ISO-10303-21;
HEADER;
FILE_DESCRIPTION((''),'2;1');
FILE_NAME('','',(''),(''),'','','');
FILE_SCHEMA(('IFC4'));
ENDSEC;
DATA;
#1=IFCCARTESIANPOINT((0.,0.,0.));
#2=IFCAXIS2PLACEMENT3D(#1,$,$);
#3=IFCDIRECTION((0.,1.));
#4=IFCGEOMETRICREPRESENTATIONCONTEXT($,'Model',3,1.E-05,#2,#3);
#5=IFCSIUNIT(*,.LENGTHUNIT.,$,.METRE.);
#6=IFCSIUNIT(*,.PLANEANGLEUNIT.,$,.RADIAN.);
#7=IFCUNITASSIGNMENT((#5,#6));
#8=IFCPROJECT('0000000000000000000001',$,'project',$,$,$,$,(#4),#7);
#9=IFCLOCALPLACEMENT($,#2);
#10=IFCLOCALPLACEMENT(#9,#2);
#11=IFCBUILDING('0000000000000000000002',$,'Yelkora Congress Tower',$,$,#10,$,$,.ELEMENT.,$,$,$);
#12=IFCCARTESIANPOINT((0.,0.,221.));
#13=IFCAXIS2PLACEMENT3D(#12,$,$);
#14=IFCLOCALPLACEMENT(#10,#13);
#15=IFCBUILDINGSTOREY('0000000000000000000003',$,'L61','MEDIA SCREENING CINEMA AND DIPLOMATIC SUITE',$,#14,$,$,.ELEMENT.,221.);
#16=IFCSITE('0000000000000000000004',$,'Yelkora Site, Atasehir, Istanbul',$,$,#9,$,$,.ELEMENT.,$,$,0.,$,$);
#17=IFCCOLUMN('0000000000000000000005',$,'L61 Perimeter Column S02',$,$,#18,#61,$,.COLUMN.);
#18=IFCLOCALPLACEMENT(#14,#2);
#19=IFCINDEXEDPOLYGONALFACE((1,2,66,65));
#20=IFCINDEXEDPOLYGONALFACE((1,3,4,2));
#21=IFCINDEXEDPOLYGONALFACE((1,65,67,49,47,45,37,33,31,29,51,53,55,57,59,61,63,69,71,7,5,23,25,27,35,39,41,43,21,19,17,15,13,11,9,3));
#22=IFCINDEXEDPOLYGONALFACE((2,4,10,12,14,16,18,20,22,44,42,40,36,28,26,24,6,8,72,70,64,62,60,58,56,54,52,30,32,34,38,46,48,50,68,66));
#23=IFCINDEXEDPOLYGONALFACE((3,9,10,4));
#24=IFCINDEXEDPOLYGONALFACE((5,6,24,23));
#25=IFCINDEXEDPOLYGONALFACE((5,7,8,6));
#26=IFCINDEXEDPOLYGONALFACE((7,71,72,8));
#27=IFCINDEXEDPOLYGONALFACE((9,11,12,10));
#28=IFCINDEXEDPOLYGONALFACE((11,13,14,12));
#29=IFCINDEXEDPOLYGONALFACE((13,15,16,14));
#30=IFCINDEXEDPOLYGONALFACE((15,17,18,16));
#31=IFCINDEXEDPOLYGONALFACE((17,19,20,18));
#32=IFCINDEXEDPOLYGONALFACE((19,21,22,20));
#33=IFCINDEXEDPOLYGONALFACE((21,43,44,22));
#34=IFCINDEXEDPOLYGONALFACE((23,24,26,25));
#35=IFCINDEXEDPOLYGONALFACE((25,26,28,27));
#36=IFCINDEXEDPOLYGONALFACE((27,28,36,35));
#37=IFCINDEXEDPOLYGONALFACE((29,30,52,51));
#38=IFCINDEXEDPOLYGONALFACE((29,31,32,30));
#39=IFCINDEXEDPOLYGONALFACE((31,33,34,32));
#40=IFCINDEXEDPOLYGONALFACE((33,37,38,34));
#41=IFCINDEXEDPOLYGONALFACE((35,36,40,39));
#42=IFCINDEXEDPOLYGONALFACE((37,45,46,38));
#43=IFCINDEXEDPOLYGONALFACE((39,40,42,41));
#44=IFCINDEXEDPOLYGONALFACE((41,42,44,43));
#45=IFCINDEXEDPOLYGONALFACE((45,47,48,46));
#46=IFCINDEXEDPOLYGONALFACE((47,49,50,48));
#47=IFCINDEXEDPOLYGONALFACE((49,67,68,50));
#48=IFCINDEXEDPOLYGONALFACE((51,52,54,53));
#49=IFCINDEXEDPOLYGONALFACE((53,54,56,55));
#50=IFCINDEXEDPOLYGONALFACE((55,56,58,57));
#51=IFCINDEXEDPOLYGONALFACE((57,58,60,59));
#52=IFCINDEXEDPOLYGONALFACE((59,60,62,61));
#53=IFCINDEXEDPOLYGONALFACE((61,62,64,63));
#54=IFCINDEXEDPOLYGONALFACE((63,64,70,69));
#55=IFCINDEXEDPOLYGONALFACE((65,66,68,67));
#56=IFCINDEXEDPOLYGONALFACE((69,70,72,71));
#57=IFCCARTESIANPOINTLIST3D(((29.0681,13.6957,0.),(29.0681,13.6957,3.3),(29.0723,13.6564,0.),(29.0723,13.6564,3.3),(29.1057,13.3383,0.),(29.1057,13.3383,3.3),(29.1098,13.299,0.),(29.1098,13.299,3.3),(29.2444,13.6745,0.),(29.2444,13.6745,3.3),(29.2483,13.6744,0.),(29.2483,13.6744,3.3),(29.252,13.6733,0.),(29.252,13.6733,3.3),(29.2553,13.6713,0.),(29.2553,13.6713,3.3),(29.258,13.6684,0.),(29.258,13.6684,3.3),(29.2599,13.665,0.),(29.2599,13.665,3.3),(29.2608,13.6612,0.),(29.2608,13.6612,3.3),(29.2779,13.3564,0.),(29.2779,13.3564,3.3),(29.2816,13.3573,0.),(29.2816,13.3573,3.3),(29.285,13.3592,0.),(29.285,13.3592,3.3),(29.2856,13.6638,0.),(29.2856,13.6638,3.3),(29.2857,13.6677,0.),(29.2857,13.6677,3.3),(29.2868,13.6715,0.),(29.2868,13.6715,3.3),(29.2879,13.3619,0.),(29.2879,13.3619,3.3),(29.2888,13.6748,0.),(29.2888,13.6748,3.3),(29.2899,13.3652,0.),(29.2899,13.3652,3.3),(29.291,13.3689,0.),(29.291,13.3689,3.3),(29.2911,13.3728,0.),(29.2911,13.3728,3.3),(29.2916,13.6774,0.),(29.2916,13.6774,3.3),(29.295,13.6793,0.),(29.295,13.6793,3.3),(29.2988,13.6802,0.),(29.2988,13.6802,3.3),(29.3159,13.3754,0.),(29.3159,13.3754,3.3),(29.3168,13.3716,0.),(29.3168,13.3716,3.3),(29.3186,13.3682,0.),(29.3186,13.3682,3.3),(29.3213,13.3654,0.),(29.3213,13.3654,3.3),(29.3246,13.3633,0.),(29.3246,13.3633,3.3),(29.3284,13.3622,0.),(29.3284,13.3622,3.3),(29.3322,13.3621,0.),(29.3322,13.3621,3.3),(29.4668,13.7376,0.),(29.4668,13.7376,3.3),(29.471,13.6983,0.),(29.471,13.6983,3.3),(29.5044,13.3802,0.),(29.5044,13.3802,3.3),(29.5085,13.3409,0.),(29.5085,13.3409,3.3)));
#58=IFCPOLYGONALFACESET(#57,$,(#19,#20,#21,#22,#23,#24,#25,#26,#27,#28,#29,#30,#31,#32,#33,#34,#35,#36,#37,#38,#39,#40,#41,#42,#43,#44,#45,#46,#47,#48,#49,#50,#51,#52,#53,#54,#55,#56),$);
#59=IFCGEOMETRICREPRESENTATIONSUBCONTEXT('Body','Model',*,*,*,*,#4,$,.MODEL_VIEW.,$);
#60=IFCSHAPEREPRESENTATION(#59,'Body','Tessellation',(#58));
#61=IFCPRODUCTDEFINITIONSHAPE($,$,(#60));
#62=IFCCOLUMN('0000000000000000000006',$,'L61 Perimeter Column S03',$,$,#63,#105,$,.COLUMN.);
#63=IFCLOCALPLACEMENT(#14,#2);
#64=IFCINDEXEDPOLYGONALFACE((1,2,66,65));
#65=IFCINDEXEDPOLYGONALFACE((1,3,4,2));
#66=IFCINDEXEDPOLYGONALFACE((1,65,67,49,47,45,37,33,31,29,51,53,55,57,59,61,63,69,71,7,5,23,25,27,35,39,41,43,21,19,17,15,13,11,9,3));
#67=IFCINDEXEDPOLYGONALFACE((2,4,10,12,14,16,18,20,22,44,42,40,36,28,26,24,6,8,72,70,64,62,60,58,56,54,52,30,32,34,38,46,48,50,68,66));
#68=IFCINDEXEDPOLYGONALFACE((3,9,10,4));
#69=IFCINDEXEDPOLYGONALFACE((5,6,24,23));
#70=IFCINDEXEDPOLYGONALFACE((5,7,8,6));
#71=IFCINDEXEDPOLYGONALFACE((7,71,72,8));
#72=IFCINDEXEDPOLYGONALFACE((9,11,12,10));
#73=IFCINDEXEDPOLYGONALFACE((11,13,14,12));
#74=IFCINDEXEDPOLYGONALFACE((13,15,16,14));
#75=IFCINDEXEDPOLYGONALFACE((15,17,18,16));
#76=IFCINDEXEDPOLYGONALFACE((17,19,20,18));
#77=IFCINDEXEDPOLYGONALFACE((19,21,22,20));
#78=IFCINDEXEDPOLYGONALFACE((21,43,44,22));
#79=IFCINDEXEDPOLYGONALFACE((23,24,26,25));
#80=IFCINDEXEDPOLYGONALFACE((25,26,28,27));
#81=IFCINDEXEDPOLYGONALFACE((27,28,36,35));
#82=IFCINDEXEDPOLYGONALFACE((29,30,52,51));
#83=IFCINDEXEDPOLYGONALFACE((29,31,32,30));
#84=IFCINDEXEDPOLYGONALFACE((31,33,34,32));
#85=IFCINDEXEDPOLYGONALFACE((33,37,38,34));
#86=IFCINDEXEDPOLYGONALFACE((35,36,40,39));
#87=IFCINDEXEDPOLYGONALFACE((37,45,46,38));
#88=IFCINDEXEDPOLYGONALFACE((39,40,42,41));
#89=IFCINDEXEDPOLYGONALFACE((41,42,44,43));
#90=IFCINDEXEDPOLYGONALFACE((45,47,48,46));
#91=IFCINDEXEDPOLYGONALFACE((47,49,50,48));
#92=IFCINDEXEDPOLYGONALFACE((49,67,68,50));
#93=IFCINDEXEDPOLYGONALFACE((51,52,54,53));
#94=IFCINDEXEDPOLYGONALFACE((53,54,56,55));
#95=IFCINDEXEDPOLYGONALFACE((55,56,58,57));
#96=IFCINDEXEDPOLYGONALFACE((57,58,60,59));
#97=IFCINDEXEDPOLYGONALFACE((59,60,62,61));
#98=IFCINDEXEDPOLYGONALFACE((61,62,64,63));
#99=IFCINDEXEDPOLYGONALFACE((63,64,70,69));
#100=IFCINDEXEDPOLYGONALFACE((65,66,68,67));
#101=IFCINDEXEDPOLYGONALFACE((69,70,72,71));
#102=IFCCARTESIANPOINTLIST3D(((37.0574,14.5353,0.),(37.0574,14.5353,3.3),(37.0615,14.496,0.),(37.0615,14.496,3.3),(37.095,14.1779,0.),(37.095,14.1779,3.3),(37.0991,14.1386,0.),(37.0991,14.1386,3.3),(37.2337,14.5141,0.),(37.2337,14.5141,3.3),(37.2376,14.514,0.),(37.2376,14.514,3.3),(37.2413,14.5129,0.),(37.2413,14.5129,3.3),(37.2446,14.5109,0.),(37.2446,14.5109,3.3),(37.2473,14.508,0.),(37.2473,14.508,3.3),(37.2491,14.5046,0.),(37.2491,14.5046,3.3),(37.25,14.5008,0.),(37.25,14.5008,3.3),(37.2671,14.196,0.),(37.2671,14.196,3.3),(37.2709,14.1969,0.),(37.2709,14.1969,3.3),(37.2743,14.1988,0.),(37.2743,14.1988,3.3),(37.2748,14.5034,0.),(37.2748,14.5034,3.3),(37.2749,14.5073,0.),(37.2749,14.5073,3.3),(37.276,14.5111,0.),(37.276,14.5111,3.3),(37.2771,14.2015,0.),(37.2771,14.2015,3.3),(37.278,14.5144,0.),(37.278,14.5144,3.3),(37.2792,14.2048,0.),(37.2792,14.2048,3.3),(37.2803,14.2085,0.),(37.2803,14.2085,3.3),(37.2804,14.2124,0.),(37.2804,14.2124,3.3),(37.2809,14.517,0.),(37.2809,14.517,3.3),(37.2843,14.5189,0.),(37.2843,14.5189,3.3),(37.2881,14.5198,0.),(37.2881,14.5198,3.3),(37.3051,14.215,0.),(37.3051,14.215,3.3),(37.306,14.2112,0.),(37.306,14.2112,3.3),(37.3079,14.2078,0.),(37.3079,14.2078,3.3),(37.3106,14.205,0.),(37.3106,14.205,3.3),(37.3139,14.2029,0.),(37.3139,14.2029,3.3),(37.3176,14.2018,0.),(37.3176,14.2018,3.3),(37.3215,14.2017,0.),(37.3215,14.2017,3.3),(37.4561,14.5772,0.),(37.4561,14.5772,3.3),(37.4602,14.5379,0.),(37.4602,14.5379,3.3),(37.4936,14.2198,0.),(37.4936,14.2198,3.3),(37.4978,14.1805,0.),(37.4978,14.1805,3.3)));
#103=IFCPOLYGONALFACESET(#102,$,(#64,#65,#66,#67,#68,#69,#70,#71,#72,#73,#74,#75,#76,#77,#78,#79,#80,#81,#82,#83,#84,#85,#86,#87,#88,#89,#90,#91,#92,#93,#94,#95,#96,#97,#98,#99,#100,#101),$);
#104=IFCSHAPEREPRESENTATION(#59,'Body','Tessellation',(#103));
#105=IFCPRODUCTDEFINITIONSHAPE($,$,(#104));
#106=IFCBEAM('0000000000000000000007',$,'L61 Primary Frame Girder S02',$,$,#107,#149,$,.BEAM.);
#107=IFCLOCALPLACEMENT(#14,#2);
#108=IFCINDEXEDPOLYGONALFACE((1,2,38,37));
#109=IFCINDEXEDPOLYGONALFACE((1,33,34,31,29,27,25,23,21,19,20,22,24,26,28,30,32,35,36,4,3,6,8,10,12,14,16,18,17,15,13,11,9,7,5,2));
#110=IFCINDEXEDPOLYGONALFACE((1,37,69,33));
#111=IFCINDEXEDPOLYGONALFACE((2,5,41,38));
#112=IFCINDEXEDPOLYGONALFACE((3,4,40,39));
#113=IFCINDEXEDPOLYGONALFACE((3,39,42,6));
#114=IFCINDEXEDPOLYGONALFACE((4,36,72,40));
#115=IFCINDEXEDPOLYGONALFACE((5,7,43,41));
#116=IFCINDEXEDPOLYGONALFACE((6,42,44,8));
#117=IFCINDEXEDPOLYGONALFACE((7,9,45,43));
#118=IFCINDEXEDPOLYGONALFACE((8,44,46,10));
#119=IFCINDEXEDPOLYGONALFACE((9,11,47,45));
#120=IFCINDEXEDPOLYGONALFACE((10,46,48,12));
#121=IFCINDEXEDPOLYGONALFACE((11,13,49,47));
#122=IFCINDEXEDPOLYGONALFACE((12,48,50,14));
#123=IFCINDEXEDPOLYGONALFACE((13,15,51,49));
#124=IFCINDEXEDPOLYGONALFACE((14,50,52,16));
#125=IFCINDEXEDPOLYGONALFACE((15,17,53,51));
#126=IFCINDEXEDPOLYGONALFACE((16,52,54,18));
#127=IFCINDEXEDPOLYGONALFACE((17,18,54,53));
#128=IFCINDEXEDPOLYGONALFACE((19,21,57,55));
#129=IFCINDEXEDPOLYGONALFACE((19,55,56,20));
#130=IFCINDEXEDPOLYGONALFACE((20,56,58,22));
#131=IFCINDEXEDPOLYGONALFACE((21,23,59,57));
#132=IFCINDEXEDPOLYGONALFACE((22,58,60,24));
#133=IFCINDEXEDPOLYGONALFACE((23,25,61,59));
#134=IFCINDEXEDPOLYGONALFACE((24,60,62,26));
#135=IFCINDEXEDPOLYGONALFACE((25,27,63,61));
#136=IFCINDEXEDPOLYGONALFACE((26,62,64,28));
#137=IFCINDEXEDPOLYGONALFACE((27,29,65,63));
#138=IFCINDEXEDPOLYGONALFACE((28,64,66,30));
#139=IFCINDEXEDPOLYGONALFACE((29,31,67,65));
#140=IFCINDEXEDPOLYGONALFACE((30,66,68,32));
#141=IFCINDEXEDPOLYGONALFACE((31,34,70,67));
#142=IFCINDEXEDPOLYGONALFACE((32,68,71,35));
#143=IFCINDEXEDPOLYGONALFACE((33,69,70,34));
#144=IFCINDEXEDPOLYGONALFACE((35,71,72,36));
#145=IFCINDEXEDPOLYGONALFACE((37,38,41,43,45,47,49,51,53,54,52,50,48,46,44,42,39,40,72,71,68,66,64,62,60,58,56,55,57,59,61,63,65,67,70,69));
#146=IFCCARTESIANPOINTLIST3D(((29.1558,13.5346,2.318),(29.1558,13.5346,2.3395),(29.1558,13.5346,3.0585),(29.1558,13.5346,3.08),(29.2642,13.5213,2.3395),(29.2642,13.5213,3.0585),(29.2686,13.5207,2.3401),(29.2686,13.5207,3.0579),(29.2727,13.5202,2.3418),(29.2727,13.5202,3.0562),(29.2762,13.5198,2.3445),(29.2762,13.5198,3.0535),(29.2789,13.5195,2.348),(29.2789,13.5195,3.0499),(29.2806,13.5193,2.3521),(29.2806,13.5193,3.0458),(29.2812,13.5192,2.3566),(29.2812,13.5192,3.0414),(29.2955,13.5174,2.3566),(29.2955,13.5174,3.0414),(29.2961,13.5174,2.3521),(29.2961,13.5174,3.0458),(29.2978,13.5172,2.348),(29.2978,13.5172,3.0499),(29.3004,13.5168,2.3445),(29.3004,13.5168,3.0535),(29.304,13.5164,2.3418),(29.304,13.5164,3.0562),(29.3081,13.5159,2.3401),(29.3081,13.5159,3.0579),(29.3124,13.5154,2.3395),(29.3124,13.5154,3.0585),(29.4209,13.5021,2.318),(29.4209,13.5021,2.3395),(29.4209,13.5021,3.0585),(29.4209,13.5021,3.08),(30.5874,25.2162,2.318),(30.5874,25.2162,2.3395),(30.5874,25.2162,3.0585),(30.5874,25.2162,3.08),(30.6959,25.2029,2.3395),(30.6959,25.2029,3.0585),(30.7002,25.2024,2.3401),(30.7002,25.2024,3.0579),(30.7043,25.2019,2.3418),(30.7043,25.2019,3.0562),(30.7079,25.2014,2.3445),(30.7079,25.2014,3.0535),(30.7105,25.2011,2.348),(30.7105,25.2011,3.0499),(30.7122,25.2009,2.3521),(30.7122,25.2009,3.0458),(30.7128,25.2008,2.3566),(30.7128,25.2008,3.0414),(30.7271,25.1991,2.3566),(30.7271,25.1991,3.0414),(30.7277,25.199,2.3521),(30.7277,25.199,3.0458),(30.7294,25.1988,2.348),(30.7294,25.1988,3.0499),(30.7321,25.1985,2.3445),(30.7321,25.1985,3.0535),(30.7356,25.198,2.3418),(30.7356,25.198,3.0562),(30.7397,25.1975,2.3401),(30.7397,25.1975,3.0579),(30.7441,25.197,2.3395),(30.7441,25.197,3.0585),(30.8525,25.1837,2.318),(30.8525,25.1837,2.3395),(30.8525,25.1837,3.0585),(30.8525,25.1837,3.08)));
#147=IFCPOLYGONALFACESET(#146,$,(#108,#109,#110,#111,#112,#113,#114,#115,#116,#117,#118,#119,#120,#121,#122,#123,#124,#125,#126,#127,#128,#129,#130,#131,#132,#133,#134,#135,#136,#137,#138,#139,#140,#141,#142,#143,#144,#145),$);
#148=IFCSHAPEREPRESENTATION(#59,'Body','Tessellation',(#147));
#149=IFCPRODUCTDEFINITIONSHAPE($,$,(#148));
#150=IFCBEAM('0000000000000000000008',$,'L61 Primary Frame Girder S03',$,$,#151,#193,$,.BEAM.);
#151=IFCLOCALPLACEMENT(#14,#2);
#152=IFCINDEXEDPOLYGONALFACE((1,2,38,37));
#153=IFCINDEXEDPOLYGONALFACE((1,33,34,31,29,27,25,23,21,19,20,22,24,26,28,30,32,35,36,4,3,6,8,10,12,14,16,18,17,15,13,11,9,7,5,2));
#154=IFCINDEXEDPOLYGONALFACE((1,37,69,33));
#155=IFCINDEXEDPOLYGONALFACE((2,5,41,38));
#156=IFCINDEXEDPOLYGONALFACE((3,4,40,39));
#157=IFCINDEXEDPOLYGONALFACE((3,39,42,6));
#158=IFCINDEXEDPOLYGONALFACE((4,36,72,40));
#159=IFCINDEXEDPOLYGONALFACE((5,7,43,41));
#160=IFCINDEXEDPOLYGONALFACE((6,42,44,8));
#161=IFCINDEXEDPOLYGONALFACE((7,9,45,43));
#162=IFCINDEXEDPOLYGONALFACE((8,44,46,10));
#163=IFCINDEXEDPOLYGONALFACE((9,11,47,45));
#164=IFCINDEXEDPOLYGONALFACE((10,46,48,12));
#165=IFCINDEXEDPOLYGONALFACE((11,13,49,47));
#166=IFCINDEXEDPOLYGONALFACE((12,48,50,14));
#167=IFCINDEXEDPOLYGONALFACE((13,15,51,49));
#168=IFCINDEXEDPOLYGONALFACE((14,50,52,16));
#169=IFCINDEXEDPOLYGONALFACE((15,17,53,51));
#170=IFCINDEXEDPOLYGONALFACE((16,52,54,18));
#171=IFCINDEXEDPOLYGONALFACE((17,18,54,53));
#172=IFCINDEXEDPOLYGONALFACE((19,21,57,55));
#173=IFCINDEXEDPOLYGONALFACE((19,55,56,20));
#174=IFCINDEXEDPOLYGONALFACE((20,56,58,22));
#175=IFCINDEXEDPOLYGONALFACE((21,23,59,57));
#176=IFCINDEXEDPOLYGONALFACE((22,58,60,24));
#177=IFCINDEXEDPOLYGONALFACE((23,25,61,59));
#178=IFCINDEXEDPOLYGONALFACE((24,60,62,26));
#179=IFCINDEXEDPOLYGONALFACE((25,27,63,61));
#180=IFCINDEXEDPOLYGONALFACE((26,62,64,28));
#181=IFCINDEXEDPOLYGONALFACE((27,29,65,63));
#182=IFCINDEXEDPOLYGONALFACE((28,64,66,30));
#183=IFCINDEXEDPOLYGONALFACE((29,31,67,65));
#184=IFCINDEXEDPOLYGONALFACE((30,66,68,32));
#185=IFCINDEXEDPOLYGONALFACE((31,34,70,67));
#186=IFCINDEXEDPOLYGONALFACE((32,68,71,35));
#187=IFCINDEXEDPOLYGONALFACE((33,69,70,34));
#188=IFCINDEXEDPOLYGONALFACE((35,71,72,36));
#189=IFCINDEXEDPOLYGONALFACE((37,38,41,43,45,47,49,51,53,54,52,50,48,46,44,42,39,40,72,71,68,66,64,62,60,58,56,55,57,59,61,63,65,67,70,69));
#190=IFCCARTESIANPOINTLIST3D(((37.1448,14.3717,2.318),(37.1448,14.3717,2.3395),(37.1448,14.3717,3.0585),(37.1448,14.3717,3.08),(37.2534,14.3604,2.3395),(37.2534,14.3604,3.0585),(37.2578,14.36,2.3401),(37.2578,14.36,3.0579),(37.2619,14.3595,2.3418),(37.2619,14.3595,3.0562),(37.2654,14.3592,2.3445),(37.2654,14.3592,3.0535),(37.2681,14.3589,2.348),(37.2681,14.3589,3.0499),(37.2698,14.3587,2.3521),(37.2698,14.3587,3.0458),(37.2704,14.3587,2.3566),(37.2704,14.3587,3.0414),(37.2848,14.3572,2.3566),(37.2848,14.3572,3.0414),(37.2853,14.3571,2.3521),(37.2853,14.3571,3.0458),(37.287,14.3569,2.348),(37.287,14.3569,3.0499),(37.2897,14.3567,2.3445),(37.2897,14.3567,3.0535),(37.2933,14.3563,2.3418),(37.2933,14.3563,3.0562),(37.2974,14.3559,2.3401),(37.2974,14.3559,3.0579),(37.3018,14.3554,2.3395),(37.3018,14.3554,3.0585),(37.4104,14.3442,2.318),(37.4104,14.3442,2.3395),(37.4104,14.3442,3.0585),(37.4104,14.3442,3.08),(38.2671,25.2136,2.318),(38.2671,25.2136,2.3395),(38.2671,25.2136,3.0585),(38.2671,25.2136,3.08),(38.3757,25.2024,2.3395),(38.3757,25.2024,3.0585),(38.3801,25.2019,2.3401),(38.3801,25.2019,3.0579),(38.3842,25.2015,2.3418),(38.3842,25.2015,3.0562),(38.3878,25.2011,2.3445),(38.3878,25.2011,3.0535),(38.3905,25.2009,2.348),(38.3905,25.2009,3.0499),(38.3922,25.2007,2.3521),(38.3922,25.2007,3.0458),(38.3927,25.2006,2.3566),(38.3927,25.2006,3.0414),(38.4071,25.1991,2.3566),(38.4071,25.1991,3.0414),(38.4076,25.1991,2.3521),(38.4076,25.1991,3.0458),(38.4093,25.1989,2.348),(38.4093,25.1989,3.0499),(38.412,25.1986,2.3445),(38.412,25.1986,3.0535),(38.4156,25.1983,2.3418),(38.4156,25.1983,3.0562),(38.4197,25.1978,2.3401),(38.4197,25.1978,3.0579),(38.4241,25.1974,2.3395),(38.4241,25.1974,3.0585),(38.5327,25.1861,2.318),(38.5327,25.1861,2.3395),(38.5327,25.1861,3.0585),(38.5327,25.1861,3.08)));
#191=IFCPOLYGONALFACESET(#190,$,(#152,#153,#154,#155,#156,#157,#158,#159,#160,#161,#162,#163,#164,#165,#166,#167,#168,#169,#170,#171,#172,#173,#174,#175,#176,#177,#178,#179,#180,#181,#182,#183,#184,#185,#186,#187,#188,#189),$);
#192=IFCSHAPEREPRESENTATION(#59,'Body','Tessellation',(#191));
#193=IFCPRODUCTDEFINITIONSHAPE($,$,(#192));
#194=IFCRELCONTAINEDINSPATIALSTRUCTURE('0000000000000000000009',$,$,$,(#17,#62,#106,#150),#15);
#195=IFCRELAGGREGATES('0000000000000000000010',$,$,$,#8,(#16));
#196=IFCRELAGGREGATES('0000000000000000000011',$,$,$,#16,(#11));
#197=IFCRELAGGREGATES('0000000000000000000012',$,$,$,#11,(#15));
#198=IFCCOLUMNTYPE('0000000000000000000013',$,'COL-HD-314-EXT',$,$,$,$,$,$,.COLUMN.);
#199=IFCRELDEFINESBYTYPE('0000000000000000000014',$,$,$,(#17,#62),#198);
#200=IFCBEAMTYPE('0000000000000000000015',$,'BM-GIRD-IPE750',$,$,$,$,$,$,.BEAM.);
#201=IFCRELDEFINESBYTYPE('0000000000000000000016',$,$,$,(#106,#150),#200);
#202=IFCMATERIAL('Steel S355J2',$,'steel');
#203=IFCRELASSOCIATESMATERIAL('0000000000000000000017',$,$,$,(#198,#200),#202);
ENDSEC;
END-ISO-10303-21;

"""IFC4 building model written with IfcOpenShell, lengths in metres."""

from ifc_helpers import new_model, si_unit, direction, frame, origin, origin_2d, place, context, subcontext, project, spatial, i_section, extrude, material, material_profile, profile_set, type_object, element, save


model = new_model("IFC4")

# Units and contexts
model_context = context("Model", 3, precision=1e-05, world=origin(), true_north=direction((0.0, 1.0)))
body_context = subcontext(model_context, "Body", "Model", "MODEL_VIEW")
ifc_project = project(units=[si_unit("LENGTHUNIT", "METRE"), si_unit("PLANEANGLEUNIT", "RADIAN")], contexts=[model_context])

# Site, building, storey
site_placement = place(None, origin())
site = spatial("IfcSite", under=ifc_project, at=site_placement, Name="Yelkora Site, Atasehir, Istanbul", CompositionType="ELEMENT", RefElevation=0.0)
building_placement = place(site_placement, origin())
building = spatial("IfcBuilding", under=site, at=building_placement, Name="Yelkora Congress Tower", CompositionType="ELEMENT")
storey_placement = place(building_placement, frame((0.0, 0.0, 221.0)))
storey = spatial("IfcBuildingStorey", under=building, at=storey_placement, Name="L61", Description="MEDIA SCREENING CINEMA AND DIPLOMATIC SUITE", CompositionType="ELEMENT", Elevation=221.0)

# Columns
ifc_material_1 = material(Name="Steel S355J2", Category="steel")
ifc_material_profile_1 = material_profile(ifc_material_1, i_section(OverallWidth=0.4009, OverallDepth=0.3989, WebThickness=0.0249, FlangeThickness=0.0396, FilletRadius=0.0149, at=origin_2d()), Name="HD 400x314")
ifc_profile_set_1 = profile_set([ifc_material_profile_1], Name="Steel S355J2")
column_type = type_object("IfcColumnType", Name="COL-HD-314-EXT", PredefinedType="COLUMN", material=ifc_profile_set_1)
for number, where, z_axis, x_axis, name in (
    (1, (29.2883, 13.5183, 0.0), (0.0, 0.0, 1.0), (0.994522, 0.104528, 0.0), "L61 Perimeter Column S02"),
    (2, (37.2776, 14.3579, 0.0), (0.0, 0.0, 1.0), (0.994522, 0.104528, 0.0), "L61 Perimeter Column S03"),
):
    element("IfcColumn", number, at=place(storey_placement, frame(where, z_axis=z_axis, x_axis=x_axis)), inside=storey, type_object=column_type, Name=name, PredefinedType="COLUMN", context=body_context, shape_type="SweptSolid", body=[
        extrude(i_section(OverallWidth=0.4009, OverallDepth=0.3989, WebThickness=0.0249, FlangeThickness=0.0396, FilletRadius=0.0149, at=origin_2d()), origin(), (0.0, 0.0, 1.0), 3.3),
    ])

# Beams
ifc_material_profile_2 = material_profile(ifc_material_1, i_section(OverallWidth=0.2671, OverallDepth=0.762, WebThickness=0.0144, FlangeThickness=0.0215, FilletRadius=0.0171, at=origin_2d()), Name="IPE 750x173")
ifc_profile_set_2 = profile_set([ifc_material_profile_2], Name="Steel S355J2")
beam_type_1 = type_object("IfcBeamType", Name="BM-GIRD-IPE750", PredefinedType="BEAM", material=ifc_profile_set_2)
beam_1_placement = place(storey_placement, frame((29.2883, 13.5183, 2.699), z_axis=(0.121645, 0.992574, 0.0), x_axis=(-0.992574, 0.121645, 0.0)))
element("IfcBeam", 3, at=beam_1_placement, inside=storey, type_object=beam_type_1, Name="L61 Primary Frame Girder S02", PredefinedType="BEAM", context=body_context, shape_type="SweptSolid", body=[
    extrude(i_section(OverallWidth=0.2671, OverallDepth=0.762, WebThickness=0.0144, FlangeThickness=0.0215, FilletRadius=0.0171, at=origin_2d()), origin(), (0.0, 0.0, 1.0), 11.769),
])
beam_2_placement = place(storey_placement, frame((37.2776, 14.3579, 2.699), z_axis=(0.102965, 0.994685, 0.0), x_axis=(-0.994685, 0.102965, 0.0)))
element("IfcBeam", 4, at=beam_2_placement, inside=storey, type_object=beam_type_1, Name="L61 Primary Frame Girder S03", PredefinedType="BEAM", context=body_context, shape_type="SweptSolid", body=[
    extrude(i_section(OverallWidth=0.2671, OverallDepth=0.762, WebThickness=0.0144, FlangeThickness=0.0215, FilletRadius=0.0171, at=origin_2d()), origin(), (0.0, 0.0, 1.0), 10.8999),
])

save(model, "model.ifc")
